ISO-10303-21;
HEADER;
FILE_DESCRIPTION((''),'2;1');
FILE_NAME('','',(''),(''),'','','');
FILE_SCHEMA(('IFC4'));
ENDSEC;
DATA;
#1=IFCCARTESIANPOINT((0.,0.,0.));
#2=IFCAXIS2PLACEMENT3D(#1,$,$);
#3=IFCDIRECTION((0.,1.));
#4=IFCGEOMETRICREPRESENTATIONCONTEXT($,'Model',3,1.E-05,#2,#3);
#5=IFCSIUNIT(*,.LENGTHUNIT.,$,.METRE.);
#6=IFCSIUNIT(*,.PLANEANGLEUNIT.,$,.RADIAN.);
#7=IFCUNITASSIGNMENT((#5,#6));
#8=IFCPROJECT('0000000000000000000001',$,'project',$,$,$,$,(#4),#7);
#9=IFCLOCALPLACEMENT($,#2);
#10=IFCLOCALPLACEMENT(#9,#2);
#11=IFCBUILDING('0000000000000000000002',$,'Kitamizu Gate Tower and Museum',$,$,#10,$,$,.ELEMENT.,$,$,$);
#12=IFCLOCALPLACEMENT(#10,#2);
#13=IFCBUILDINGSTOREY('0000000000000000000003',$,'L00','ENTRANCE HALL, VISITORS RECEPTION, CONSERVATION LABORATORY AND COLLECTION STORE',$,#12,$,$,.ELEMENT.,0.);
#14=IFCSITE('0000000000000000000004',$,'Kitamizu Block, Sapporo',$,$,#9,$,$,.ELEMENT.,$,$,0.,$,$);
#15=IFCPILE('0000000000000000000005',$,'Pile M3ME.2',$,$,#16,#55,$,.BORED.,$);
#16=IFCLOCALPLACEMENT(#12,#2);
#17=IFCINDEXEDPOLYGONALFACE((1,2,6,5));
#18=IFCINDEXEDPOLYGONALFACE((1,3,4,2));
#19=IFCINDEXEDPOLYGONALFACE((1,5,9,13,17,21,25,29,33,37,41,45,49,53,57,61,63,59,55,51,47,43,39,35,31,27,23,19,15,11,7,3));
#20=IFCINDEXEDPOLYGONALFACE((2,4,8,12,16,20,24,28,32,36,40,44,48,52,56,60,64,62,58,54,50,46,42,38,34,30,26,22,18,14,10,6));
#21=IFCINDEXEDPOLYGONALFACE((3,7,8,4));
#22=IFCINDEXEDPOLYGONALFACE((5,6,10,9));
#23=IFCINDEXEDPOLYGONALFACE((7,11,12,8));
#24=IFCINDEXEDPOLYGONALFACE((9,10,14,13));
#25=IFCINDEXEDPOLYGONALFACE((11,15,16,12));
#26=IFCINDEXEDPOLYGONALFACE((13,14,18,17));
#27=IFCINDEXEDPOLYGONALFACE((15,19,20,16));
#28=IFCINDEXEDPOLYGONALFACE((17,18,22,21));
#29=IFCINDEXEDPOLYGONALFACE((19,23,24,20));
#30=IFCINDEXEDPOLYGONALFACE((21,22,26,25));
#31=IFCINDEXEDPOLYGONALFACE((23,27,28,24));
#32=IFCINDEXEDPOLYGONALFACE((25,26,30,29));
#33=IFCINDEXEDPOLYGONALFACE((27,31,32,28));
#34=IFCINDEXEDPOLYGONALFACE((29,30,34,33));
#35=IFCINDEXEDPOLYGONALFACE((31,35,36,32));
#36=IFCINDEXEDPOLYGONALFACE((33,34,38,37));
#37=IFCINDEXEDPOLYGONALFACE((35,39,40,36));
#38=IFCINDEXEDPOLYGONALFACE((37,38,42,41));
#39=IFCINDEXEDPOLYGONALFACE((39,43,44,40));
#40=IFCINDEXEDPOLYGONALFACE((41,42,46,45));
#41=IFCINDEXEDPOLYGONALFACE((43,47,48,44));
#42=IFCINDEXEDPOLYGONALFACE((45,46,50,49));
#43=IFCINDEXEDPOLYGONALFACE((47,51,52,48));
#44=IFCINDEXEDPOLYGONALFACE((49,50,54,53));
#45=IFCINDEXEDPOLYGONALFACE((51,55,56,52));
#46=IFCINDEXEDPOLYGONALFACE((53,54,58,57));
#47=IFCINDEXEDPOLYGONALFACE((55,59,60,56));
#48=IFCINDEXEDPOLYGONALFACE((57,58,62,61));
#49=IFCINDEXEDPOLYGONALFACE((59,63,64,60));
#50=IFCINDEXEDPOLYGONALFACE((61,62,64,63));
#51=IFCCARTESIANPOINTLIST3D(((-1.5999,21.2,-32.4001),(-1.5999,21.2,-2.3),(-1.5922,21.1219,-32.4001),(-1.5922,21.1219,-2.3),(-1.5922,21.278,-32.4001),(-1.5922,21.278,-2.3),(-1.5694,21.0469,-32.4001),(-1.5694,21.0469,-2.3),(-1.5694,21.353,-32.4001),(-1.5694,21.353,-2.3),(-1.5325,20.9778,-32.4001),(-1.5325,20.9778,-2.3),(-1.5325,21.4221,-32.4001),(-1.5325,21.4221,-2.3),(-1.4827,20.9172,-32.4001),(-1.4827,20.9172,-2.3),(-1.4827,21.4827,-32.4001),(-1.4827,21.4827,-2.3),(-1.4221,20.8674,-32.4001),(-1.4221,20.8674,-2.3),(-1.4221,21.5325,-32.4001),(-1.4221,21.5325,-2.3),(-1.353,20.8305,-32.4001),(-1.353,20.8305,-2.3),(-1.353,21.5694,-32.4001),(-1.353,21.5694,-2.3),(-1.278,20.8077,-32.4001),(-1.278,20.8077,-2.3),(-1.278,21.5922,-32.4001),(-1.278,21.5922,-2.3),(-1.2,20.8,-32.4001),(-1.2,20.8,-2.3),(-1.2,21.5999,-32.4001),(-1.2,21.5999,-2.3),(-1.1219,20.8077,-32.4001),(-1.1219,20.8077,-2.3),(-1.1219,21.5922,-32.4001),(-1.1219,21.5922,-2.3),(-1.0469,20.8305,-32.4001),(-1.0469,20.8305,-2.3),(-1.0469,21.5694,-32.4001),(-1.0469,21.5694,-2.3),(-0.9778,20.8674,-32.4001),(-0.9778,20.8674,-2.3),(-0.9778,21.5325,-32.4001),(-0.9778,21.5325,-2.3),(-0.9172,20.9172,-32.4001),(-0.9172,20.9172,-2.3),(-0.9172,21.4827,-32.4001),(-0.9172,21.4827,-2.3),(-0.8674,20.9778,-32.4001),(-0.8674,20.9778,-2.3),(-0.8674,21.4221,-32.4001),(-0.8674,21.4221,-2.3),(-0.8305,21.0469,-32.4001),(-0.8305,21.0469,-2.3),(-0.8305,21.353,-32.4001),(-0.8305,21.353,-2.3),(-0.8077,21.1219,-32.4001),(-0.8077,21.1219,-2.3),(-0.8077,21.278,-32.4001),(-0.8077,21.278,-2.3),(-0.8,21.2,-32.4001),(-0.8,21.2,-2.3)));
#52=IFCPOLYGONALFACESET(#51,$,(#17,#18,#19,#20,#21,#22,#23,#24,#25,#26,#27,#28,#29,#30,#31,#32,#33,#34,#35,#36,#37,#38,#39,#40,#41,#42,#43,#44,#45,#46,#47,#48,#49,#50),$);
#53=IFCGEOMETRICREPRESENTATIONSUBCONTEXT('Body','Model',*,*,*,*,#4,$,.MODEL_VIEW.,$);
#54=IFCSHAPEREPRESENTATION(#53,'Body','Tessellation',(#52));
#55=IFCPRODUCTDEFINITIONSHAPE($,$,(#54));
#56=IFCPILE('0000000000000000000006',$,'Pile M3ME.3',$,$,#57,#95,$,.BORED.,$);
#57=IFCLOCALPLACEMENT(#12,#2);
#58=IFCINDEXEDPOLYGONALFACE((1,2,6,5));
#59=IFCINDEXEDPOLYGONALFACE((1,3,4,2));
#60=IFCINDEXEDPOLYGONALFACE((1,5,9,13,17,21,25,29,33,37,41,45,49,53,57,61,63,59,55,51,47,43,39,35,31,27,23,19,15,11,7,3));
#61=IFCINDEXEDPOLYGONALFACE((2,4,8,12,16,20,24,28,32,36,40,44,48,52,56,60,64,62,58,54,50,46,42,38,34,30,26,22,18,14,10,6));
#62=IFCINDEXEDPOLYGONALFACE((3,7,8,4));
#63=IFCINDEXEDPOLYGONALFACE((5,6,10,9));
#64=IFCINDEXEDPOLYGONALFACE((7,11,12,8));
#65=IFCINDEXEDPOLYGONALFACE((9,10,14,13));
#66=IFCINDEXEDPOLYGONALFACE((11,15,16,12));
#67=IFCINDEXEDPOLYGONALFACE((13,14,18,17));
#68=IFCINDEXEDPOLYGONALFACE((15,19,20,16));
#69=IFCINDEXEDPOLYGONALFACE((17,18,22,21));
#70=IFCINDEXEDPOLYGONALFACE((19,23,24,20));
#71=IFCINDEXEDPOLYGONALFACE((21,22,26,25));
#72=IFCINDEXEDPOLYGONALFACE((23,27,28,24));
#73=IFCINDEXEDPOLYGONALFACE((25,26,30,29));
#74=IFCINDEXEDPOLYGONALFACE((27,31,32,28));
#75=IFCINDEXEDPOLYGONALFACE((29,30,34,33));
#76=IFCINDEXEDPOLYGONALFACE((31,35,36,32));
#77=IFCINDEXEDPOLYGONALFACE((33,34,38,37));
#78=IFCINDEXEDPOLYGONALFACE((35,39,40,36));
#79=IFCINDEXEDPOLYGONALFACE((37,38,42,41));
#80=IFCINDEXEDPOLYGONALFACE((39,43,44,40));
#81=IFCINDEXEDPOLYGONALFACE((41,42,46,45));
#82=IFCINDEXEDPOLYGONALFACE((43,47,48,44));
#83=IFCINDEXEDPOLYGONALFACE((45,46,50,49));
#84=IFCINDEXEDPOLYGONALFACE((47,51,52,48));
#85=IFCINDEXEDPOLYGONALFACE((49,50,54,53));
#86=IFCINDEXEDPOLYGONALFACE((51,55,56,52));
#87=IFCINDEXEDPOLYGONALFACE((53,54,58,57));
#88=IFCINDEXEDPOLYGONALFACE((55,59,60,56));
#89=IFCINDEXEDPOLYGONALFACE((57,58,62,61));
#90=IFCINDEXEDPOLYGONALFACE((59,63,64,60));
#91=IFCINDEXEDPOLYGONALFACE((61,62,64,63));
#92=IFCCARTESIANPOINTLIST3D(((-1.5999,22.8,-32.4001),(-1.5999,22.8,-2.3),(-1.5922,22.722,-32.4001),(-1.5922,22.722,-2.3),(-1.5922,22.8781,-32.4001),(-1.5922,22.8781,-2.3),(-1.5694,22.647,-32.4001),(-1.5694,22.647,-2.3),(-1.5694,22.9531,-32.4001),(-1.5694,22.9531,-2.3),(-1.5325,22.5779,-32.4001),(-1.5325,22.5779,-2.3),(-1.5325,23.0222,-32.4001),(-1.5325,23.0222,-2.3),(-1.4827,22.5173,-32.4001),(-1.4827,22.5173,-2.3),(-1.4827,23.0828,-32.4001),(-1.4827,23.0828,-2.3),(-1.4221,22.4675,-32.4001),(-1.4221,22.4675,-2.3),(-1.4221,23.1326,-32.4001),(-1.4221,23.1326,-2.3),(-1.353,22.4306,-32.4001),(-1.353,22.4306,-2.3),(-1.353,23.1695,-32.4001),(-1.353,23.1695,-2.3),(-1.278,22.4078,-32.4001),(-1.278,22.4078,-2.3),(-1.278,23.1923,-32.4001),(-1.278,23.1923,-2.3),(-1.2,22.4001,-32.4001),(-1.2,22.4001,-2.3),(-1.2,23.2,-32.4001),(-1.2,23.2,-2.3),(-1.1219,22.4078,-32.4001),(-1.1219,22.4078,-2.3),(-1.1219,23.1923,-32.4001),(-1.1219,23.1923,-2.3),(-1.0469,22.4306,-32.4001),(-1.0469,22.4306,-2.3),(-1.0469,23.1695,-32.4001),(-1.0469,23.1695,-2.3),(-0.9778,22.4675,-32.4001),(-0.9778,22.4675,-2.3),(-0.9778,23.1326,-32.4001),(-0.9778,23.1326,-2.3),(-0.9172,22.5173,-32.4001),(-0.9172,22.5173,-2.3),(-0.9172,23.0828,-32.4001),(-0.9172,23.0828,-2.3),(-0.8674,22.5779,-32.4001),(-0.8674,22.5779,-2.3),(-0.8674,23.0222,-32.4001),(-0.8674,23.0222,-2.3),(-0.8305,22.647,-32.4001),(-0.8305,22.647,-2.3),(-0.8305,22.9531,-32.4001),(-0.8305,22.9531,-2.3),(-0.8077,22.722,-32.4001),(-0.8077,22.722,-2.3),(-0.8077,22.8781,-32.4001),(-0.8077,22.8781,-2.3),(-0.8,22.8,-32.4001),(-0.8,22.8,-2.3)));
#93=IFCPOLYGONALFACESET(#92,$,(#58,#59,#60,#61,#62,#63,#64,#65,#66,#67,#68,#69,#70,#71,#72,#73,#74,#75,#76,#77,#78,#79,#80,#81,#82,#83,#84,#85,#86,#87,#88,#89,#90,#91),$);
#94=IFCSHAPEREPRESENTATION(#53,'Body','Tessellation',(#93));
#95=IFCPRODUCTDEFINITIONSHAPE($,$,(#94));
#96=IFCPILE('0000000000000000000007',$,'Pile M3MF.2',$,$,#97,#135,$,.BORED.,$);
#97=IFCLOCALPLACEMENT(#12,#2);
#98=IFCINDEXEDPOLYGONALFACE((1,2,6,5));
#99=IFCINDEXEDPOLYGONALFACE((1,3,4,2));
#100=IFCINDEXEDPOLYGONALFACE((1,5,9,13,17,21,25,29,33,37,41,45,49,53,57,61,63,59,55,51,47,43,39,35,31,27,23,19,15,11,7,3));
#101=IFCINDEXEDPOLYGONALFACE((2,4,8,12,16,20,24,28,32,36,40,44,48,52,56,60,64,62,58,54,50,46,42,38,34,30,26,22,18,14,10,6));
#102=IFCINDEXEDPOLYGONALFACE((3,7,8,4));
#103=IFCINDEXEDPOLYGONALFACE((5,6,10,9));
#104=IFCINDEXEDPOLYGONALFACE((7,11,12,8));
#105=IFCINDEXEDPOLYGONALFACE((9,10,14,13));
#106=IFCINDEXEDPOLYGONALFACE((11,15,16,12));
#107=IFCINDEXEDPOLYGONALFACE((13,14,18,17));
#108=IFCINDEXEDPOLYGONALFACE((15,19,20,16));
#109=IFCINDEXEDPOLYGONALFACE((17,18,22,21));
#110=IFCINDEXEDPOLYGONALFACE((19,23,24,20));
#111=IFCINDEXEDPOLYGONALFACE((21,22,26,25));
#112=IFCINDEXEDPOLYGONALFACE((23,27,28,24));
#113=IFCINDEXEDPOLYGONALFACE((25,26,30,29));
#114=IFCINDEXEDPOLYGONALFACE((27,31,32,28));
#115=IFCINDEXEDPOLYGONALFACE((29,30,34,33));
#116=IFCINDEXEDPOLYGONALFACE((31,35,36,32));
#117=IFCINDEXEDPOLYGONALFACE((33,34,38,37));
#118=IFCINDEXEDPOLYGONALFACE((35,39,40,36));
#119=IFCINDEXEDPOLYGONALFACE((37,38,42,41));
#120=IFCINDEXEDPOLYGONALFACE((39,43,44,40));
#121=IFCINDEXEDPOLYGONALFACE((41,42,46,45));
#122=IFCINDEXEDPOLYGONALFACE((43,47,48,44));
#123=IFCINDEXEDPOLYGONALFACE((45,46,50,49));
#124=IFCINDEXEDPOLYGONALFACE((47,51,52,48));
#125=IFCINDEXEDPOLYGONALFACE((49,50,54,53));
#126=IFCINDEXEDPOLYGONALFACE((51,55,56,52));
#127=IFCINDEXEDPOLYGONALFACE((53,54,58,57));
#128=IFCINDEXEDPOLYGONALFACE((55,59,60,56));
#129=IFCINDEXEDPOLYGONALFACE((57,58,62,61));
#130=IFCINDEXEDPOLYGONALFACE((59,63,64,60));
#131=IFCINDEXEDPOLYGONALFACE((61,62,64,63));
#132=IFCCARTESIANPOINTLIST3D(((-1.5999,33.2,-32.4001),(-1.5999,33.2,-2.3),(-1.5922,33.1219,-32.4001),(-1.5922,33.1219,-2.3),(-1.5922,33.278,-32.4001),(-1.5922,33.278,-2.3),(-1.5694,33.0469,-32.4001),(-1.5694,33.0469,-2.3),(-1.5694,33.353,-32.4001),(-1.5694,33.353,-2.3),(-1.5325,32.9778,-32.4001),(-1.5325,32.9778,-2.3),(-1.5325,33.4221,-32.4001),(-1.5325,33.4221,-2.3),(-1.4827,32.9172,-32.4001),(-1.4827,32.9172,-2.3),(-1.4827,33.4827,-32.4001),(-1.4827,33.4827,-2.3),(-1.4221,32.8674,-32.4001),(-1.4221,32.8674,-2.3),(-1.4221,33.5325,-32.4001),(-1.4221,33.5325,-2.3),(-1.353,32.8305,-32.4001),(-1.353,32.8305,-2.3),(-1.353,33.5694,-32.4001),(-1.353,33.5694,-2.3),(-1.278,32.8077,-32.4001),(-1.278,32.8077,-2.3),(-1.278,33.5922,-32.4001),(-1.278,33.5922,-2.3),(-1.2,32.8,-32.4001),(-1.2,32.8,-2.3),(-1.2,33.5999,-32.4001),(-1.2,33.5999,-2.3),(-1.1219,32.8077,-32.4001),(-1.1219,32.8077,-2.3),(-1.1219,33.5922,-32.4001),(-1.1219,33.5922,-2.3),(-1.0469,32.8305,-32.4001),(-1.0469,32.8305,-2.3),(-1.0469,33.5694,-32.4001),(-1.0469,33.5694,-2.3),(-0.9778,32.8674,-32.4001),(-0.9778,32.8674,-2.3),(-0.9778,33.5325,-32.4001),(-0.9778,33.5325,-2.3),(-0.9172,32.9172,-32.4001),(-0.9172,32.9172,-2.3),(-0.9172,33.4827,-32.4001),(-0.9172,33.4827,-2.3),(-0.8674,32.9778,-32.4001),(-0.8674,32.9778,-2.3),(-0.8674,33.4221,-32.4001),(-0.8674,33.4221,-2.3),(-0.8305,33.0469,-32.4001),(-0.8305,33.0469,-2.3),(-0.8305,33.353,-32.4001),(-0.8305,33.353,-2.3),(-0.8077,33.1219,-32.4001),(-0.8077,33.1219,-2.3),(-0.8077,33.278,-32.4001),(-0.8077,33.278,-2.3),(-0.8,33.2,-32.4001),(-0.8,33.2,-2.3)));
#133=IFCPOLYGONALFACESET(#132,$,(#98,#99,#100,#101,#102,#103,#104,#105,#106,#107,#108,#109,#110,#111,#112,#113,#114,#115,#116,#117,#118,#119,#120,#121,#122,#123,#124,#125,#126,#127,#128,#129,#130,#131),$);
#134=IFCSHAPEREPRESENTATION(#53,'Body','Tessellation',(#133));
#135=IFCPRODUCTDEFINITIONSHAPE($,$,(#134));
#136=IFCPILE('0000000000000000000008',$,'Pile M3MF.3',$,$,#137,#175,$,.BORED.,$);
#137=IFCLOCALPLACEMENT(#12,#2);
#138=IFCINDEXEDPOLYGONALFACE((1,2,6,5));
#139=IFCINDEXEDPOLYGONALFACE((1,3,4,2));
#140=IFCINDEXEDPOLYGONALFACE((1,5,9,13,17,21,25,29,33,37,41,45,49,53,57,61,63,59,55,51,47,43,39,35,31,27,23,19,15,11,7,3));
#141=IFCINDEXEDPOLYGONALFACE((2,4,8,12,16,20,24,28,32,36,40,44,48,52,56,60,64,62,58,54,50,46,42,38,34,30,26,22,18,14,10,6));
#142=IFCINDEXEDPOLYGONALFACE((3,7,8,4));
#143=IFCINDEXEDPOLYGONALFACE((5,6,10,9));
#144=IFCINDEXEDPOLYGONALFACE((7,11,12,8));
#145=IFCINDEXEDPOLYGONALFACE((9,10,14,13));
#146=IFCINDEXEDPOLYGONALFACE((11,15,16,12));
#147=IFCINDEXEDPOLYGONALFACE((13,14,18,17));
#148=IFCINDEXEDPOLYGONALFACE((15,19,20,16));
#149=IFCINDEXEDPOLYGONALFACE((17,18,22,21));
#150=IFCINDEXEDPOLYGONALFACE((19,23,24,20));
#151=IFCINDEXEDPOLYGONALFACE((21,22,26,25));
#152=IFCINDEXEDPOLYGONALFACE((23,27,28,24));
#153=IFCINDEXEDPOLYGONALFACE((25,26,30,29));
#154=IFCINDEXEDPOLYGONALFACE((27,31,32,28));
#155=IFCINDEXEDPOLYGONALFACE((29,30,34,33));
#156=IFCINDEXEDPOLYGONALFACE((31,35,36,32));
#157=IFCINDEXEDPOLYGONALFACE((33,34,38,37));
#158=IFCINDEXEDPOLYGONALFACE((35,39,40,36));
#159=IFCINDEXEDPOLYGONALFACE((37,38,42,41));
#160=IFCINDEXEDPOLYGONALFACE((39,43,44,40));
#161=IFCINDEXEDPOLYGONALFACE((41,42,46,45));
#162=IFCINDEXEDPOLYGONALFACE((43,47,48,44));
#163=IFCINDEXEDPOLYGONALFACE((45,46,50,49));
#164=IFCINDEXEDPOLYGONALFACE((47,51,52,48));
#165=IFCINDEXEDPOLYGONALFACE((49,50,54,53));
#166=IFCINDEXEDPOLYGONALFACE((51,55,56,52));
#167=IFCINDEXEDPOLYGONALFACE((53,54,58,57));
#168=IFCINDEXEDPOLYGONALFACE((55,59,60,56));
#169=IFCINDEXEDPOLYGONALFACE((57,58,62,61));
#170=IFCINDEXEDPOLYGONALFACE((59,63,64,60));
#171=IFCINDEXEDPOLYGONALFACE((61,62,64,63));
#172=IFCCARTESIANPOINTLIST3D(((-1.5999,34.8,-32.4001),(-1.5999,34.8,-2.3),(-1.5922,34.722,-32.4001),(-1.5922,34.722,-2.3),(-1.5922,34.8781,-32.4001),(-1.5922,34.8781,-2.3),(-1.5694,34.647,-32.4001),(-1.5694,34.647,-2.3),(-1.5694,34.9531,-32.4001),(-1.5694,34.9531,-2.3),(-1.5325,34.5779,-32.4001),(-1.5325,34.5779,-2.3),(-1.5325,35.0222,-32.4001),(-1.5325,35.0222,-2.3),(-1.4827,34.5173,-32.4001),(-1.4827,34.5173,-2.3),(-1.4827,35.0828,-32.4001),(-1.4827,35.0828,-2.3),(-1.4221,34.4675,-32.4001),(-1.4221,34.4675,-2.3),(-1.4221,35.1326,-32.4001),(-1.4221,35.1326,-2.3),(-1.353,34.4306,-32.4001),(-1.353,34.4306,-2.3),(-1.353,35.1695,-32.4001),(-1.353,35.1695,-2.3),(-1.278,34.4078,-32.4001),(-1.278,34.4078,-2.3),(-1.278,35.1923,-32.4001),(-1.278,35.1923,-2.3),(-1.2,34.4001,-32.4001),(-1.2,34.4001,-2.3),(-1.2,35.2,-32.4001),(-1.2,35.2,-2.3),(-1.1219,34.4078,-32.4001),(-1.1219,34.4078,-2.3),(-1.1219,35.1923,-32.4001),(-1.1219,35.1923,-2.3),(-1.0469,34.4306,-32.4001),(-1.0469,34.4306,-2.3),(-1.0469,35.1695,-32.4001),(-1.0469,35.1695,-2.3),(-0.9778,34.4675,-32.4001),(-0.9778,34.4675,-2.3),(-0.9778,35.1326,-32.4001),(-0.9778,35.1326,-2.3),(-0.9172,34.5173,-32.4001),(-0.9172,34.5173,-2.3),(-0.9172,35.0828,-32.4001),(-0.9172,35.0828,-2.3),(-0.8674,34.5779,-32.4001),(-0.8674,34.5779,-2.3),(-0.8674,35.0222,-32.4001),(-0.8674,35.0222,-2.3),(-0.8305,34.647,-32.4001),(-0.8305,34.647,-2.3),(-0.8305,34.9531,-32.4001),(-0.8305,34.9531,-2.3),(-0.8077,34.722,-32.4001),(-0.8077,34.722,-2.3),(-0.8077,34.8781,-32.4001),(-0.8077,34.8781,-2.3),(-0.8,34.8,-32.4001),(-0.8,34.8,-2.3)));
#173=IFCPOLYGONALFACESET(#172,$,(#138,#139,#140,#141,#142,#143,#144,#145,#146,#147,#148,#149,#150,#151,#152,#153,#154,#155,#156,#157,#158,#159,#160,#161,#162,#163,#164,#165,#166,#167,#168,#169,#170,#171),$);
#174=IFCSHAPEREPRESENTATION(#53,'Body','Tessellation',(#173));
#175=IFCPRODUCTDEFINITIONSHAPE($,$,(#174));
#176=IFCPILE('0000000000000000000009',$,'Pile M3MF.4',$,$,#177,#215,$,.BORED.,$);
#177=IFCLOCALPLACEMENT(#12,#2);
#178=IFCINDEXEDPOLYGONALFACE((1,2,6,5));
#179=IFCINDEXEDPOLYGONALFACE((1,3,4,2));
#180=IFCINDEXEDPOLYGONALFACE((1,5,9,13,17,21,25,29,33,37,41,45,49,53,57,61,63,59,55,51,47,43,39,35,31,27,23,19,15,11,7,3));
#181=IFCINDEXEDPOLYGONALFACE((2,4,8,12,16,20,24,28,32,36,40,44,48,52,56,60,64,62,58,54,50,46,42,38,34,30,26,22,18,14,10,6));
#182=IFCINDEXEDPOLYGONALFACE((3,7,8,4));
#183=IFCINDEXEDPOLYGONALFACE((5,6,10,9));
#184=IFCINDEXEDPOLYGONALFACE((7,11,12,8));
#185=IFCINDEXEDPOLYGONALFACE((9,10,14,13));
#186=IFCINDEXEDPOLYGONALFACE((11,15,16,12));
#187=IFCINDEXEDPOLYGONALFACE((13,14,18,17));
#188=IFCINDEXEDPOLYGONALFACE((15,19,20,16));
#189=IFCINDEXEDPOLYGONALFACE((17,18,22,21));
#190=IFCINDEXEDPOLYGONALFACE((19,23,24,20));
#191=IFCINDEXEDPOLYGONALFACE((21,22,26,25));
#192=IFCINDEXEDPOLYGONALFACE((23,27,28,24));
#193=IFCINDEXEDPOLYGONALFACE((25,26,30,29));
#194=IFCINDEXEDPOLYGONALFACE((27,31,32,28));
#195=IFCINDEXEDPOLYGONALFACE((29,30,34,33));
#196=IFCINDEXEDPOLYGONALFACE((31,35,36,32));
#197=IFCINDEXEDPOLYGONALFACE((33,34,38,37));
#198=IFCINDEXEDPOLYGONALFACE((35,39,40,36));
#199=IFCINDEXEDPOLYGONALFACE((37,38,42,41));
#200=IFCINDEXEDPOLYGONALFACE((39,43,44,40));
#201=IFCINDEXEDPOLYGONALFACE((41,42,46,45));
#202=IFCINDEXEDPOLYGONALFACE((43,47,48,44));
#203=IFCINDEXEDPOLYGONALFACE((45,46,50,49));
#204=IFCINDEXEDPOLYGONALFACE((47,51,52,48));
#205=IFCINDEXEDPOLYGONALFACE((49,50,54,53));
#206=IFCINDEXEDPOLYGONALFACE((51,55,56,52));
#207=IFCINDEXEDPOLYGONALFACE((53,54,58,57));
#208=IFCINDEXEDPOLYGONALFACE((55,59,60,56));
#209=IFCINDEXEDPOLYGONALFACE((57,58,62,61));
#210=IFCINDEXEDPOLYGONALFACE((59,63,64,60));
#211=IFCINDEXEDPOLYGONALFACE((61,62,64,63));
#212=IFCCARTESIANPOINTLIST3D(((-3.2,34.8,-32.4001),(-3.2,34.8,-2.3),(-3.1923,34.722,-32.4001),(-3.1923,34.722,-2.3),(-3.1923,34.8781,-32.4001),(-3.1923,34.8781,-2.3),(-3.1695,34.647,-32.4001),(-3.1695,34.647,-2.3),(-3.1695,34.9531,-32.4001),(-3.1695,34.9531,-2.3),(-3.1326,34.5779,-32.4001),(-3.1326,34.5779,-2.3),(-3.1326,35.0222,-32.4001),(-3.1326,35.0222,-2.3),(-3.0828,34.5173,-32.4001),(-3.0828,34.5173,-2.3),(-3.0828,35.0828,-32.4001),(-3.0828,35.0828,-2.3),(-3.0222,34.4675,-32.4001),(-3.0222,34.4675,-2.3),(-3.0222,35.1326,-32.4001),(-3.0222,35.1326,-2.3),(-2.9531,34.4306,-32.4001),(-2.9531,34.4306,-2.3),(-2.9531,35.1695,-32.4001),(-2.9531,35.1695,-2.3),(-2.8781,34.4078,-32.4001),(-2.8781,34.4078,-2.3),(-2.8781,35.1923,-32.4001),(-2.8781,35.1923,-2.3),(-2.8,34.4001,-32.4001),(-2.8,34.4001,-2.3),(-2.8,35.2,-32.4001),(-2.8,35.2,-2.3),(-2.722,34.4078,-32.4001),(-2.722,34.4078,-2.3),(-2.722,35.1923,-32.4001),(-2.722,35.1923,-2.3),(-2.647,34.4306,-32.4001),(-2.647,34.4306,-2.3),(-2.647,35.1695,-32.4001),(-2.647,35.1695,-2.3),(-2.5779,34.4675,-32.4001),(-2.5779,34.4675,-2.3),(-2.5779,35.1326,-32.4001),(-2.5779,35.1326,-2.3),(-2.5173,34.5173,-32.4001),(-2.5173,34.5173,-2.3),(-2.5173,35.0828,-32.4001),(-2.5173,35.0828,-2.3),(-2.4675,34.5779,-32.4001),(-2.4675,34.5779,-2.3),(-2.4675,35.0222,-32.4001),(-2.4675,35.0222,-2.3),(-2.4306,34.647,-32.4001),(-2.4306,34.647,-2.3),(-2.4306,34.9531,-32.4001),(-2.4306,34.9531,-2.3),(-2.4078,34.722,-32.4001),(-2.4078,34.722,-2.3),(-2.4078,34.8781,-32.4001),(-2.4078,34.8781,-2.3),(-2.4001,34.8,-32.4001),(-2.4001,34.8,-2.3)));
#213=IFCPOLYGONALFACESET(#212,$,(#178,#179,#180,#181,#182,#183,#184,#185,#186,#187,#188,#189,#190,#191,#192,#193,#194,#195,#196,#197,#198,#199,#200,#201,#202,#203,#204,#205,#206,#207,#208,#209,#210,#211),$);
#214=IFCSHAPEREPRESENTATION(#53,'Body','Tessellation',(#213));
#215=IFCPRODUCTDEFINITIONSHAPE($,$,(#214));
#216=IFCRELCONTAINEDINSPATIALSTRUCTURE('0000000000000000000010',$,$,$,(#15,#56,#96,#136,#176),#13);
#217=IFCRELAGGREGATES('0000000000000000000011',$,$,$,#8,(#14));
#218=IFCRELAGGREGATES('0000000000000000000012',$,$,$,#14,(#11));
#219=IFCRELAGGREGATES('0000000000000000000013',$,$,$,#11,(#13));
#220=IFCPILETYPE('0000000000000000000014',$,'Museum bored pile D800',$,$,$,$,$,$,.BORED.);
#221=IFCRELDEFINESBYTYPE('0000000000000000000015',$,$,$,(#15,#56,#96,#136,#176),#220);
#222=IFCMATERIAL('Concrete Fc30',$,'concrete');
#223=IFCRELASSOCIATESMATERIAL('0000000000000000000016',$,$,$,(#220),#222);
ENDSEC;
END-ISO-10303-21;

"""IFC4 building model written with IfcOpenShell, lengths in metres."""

from ifc_helpers import new_model, si_unit, direction, frame, origin, origin_2d, place, context, subcontext, project, spatial, circle, extrude, material, material_profile, profile_set, type_object, element, save


model = new_model("IFC4")

# Units and contexts
model_context = context("Model", 3, precision=1e-05, world=origin(), true_north=direction((0.0, 1.0)))
body_context = subcontext(model_context, "Body", "Model", "MODEL_VIEW")
ifc_project = project(units=[si_unit("LENGTHUNIT", "METRE"), si_unit("PLANEANGLEUNIT", "RADIAN")], contexts=[model_context])

# Site, building, storey
site_placement = place(None, origin())
site = spatial("IfcSite", under=ifc_project, at=site_placement, Name="Kitamizu Block, Sapporo", CompositionType="ELEMENT", RefElevation=0.0)
building_placement = place(site_placement, origin())
building = spatial("IfcBuilding", under=site, at=building_placement, Name="Kitamizu Gate Tower and Museum", CompositionType="ELEMENT")
storey_placement = place(building_placement, origin())
storey = spatial("IfcBuildingStorey", under=building, at=storey_placement, Name="L00", Description="ENTRANCE HALL, VISITORS RECEPTION, CONSERVATION LABORATORY AND COLLECTION STORE", CompositionType="ELEMENT", Elevation=0.0)

# Piles
ifc_material_1 = material(Name="Concrete Fc30", Category="concrete")
ifc_material_profile_1 = material_profile(ifc_material_1, circle(Radius=0.3999, at=origin_2d()), Name="D800")
ifc_profile_set_1 = profile_set([ifc_material_profile_1], Name="Concrete Fc30")
pile_type_1 = type_object("IfcPileType", Name="Museum bored pile D800", PredefinedType="BORED", material=ifc_profile_set_1)
for number, where, z_axis, x_axis, name in (
    (1, (-1.2, 21.2, -2.3), (0.0, 0.0, -1.0), (1.0, 0.0, 0.0), "Pile M3ME.2"),
    (2, (-1.2, 22.8, -2.3), (0.0, 0.0, -1.0), (1.0, 0.0, 0.0), "Pile M3ME.3"),
    (3, (-1.2, 33.2, -2.3), (0.0, 0.0, -1.0), (1.0, 0.0, 0.0), "Pile M3MF.2"),
    (4, (-1.2, 34.8, -2.3), (0.0, 0.0, -1.0), (1.0, 0.0, 0.0), "Pile M3MF.3"),
    (5, (-2.8, 34.8, -2.3), (0.0, 0.0, -1.0), (1.0, 0.0, 0.0), "Pile M3MF.4"),
):
    element("IfcPile", number, at=place(storey_placement, frame(where, z_axis=z_axis, x_axis=x_axis)), inside=storey, type_object=pile_type_1, Name=name, PredefinedType="BORED", context=body_context, shape_type="SweptSolid", body=[
        extrude(circle(Radius=0.3999, at=origin_2d()), origin(), (0.0, 0.0, 1.0), 30.1001),
    ])

save(model, "model.ifc")
